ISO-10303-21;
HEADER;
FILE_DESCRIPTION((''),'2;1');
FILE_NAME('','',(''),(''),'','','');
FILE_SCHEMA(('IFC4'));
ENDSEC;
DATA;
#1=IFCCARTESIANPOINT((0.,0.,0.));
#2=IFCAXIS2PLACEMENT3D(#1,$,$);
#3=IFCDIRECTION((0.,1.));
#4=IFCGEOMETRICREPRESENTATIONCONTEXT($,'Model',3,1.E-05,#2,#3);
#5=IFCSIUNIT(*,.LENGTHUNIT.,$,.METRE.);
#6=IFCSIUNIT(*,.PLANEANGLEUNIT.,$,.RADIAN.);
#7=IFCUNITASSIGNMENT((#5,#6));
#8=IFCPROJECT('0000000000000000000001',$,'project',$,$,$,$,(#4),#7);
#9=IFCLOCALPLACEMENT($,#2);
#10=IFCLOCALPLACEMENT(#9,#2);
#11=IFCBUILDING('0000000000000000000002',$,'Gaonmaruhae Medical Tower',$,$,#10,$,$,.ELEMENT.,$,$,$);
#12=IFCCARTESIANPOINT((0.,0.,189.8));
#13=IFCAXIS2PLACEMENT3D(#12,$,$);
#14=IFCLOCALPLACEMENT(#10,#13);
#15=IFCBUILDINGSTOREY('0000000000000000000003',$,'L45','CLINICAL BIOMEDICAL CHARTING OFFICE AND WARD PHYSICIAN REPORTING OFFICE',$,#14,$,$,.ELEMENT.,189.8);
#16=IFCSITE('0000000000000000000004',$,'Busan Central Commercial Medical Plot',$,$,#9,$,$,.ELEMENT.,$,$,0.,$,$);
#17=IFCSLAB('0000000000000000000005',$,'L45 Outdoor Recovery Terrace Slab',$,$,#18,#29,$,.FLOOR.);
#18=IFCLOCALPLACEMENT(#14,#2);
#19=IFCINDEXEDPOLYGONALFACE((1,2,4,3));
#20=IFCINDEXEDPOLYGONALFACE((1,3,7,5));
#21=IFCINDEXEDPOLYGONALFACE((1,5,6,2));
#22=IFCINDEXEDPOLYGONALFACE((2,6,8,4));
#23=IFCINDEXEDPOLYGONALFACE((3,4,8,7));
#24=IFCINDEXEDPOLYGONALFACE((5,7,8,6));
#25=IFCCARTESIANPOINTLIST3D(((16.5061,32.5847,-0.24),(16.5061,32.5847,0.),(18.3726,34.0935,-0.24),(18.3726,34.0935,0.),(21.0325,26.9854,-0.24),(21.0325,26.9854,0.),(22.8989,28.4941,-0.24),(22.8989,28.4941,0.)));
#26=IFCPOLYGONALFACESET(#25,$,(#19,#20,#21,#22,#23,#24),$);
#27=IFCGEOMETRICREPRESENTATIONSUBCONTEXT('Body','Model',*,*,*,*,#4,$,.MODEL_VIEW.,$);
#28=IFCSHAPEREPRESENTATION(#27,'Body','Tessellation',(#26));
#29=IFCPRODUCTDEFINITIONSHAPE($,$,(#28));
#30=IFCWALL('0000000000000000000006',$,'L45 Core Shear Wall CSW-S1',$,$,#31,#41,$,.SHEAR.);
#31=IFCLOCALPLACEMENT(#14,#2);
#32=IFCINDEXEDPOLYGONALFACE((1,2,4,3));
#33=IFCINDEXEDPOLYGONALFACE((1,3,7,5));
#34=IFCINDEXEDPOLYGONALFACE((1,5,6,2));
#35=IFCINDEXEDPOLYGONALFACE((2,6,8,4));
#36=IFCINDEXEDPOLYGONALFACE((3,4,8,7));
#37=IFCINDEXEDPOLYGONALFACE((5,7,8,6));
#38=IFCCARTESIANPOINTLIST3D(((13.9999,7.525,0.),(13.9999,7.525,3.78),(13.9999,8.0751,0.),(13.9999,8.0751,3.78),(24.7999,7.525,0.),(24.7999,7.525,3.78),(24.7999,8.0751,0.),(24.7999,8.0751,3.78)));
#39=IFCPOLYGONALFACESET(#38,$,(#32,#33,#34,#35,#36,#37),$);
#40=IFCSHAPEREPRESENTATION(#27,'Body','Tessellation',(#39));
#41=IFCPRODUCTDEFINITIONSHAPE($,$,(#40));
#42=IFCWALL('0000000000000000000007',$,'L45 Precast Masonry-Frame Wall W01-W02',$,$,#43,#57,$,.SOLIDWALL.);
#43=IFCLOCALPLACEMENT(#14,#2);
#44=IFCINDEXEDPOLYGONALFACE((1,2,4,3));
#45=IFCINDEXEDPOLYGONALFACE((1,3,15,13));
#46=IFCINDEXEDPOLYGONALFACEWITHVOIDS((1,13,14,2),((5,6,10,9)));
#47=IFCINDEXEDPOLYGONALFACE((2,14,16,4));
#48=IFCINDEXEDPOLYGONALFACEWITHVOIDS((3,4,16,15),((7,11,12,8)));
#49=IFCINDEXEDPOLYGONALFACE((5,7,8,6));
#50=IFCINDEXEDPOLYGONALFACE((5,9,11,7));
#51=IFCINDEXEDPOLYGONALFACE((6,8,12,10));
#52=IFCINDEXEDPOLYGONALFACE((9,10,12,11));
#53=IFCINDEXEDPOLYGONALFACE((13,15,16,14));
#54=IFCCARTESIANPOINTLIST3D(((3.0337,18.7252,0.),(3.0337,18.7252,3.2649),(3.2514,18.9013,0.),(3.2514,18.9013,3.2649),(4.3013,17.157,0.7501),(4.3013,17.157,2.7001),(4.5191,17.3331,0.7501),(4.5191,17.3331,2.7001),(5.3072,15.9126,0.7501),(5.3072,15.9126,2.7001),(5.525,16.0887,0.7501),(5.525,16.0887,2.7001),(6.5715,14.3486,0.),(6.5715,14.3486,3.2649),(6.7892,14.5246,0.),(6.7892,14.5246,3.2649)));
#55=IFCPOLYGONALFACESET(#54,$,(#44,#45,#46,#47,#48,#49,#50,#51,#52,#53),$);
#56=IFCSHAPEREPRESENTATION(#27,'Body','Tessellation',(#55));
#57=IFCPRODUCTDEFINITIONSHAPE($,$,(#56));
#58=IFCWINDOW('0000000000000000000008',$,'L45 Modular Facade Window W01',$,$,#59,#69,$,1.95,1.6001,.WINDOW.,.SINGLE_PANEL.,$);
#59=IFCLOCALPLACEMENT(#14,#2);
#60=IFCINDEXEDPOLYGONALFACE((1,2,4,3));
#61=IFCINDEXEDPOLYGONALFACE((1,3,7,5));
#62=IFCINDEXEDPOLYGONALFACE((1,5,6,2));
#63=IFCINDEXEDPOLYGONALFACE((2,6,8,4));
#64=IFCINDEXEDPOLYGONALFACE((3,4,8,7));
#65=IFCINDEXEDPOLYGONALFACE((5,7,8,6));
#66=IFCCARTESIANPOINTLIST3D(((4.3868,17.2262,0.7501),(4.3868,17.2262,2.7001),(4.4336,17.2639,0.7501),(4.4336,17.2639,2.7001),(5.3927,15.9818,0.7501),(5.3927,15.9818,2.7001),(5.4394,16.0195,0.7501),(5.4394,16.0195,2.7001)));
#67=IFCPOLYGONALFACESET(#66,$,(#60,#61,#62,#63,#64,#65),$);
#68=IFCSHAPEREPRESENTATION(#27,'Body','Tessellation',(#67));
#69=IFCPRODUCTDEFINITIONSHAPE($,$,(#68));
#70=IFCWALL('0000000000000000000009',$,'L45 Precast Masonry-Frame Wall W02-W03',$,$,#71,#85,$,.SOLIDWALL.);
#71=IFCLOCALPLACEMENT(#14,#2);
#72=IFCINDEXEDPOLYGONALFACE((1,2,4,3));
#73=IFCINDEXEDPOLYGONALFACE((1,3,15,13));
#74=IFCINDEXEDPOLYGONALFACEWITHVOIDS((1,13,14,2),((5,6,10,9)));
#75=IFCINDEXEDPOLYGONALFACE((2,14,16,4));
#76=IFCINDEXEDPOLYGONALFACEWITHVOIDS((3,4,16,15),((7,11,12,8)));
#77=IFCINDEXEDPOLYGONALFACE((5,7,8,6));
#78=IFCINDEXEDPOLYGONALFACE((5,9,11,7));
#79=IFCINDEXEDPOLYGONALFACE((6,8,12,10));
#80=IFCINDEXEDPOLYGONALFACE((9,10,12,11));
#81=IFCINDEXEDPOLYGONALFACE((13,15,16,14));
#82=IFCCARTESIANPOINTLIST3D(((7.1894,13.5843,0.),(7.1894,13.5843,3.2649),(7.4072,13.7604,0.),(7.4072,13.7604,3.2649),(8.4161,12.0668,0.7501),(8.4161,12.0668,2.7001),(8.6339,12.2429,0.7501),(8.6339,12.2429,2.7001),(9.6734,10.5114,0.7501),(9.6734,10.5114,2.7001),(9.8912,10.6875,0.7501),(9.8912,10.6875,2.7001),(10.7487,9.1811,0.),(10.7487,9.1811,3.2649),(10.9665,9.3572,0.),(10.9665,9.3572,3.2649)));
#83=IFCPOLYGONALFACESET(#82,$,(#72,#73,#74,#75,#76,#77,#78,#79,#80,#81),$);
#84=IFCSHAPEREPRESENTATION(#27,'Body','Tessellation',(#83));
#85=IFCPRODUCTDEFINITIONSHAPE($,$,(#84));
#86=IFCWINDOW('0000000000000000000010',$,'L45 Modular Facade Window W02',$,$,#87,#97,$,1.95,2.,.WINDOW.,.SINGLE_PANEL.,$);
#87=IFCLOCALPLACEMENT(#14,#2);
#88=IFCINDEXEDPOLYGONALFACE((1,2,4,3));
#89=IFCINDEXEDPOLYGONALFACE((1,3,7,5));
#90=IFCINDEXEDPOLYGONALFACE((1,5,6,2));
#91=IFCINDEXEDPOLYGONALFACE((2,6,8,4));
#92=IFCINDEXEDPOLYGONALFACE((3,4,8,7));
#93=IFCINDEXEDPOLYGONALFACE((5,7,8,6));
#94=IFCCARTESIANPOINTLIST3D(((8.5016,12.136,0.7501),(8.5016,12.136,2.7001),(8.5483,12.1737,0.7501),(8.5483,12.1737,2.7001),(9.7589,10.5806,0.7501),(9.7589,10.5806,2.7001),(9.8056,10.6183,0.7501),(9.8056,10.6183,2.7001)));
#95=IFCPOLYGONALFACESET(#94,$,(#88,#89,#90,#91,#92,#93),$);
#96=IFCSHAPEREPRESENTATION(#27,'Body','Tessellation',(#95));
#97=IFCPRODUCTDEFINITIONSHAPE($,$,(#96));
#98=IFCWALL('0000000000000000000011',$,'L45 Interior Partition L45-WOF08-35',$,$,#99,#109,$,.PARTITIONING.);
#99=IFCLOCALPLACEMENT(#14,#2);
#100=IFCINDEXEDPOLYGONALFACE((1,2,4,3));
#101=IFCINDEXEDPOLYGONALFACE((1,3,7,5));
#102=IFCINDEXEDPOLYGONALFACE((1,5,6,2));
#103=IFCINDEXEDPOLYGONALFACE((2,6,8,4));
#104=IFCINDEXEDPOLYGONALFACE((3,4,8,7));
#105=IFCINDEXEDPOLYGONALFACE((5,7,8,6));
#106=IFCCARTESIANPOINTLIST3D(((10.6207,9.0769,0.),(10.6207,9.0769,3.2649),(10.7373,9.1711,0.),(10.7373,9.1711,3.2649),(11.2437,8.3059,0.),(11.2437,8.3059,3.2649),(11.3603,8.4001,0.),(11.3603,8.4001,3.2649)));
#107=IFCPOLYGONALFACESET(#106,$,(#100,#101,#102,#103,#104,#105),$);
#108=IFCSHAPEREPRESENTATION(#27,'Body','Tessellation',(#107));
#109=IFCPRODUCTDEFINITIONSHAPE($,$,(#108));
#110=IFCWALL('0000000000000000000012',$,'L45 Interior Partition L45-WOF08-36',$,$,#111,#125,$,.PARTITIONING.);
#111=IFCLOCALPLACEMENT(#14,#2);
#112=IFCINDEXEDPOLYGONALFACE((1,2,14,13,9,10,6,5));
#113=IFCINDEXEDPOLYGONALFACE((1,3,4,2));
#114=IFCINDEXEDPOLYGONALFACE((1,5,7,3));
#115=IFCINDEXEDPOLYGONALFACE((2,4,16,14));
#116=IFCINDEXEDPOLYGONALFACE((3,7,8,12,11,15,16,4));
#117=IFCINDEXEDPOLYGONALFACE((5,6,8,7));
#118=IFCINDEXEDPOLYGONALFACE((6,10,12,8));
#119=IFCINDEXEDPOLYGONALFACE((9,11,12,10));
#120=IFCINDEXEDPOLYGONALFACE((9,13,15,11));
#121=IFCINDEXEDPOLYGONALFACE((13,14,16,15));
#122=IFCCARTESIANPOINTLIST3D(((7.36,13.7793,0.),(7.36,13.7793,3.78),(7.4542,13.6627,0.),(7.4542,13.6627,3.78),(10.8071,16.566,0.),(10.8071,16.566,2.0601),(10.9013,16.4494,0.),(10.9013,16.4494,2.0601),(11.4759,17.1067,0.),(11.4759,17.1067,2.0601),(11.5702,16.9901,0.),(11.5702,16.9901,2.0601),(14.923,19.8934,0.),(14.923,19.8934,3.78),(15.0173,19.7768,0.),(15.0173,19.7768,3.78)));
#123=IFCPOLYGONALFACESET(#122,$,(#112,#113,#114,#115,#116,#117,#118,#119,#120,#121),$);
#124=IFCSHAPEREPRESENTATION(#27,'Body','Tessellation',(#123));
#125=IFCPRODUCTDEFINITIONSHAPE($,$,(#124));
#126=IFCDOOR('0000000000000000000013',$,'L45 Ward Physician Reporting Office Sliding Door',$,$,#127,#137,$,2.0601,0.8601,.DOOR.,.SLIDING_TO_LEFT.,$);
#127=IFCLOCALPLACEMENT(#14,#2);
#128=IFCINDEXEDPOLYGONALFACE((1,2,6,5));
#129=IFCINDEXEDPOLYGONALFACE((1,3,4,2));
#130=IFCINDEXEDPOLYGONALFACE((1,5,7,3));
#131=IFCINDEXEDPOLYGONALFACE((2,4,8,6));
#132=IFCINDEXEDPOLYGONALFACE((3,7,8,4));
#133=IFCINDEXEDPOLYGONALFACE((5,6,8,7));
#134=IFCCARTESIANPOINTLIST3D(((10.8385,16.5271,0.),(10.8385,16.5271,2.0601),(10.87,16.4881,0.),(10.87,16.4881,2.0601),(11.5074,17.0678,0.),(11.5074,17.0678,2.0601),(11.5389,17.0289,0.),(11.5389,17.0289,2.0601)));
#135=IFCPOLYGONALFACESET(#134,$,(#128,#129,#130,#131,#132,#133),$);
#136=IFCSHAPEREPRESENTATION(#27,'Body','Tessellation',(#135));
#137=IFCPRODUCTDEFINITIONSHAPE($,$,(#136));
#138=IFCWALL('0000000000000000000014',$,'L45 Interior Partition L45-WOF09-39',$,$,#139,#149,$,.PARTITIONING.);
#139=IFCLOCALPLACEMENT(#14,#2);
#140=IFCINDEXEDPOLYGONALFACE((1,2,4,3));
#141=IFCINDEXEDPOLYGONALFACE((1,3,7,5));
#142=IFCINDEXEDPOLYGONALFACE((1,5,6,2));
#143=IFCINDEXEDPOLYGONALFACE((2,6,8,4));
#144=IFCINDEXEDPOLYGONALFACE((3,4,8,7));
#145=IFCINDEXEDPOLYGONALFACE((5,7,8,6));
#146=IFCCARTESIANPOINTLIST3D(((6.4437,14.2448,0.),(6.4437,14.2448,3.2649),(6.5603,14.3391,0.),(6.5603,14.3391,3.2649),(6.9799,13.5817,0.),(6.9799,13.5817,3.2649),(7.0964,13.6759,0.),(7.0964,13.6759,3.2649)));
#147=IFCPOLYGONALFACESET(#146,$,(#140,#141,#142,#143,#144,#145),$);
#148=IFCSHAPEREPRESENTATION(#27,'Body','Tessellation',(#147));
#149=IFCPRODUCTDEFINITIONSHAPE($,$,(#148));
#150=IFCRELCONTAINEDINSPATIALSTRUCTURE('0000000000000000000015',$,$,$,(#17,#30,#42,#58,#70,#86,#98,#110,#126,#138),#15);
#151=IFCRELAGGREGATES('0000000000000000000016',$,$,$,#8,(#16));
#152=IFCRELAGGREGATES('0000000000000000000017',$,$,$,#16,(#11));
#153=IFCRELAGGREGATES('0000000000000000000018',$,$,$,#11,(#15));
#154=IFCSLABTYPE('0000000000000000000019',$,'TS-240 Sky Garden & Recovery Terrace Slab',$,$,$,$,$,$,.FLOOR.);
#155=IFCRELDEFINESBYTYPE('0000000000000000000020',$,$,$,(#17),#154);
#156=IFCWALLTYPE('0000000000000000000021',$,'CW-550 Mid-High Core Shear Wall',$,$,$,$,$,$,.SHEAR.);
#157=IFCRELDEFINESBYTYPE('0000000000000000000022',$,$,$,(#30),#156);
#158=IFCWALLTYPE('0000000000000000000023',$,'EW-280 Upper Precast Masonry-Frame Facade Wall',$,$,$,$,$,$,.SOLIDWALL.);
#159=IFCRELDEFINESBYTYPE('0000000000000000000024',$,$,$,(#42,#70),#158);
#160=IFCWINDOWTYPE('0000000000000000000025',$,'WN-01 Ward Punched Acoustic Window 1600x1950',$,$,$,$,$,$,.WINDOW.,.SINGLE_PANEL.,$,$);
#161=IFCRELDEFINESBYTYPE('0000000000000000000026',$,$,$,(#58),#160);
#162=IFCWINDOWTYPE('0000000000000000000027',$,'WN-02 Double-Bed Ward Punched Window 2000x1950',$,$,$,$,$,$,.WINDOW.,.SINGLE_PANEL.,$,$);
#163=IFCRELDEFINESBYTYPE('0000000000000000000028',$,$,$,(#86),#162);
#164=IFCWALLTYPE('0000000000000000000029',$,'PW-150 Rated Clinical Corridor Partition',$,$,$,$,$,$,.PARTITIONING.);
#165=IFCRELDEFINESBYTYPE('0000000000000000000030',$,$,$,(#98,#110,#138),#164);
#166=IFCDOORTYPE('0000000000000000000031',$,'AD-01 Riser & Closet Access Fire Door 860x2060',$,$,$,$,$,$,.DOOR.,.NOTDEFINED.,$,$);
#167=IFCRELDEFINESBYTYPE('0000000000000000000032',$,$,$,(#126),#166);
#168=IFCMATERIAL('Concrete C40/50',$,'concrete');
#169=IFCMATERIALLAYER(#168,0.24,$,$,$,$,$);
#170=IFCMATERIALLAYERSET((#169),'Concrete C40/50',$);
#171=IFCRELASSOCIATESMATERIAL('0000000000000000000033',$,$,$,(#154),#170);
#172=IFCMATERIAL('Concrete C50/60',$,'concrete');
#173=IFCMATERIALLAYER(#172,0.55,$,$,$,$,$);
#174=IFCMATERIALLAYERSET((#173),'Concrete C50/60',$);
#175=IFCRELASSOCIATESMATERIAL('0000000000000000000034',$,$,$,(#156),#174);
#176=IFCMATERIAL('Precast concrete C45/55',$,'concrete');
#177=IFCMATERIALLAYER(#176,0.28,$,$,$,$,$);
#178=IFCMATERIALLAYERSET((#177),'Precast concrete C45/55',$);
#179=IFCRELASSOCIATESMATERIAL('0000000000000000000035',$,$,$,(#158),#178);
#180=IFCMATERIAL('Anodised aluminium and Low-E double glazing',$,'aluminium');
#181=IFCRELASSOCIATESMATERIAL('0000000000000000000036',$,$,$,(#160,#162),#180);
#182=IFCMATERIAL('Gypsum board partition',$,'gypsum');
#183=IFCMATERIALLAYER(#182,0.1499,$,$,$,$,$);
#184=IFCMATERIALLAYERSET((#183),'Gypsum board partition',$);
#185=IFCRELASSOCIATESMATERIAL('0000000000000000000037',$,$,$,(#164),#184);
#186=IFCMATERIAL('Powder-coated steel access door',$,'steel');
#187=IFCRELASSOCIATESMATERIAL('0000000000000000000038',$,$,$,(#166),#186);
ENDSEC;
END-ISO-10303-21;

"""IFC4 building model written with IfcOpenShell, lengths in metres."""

from ifc_helpers import new_model, si_unit, direction, frame, frame_2d, origin, place, context, subcontext, project, spatial, polyline, rectangle, outline, extrude, material, layer, layer_set, type_object, element, fill, save


model = new_model("IFC4")

# Units and contexts
model_context = context("Model", 3, precision=1e-05, world=origin(), true_north=direction((0.0, 1.0)))
body_context = subcontext(model_context, "Body", "Model", "MODEL_VIEW")
ifc_project = project(units=[si_unit("LENGTHUNIT", "METRE"), si_unit("PLANEANGLEUNIT", "RADIAN")], contexts=[model_context])

# Site, building, storey
site_placement = place(None, origin())
site = spatial("IfcSite", under=ifc_project, at=site_placement, Name="Busan Central Commercial Medical Plot", CompositionType="ELEMENT", RefElevation=0.0)
building_placement = place(site_placement, origin())
building = spatial("IfcBuilding", under=site, at=building_placement, Name="Gaonmaruhae Medical Tower", CompositionType="ELEMENT")
storey_placement = place(building_placement, frame((0.0, 0.0, 189.8)))
storey = spatial("IfcBuildingStorey", under=building, at=storey_placement, Name="L45", Description="CLINICAL BIOMEDICAL CHARTING OFFICE AND WARD PHYSICIAN REPORTING OFFICE", CompositionType="ELEMENT", Elevation=189.8)

# Shared definitions
ifc_material_1 = material(Name="Concrete C50/60", Category="concrete")

# Shared definitions
ifc_material_2 = material(Name="Concrete C40/50", Category="concrete")

# Slab
ifc_layer_1 = layer(ifc_material_2, 0.24)
ifc_layer_set_1 = layer_set([ifc_layer_1], Name="Concrete C40/50")
slab_type_1 = type_object("IfcSlabType", Name="TS-240 Sky Garden & Recovery Terrace Slab", PredefinedType="FLOOR", material=ifc_layer_set_1)
slab_1_placement = place(storey_placement, frame((0.0, 0.0, -0.24)))
element("IfcSlab", 1, at=slab_1_placement, inside=storey, type_object=slab_type_1, Name="L45 Outdoor Recovery Terrace Slab", PredefinedType="FLOOR", context=body_context, shape_type="SweptSolid", body=[
    extrude(outline(polyline([(21.0325, 26.9854), (22.8989, 28.4941), (18.3726, 34.0935), (16.5061, 32.5847), (21.0325, 26.9854)])), origin(), (0.0, 0.0, 1.0), 0.24),
])

# Wall
ifc_layer_2 = layer(ifc_material_1, 0.55)
ifc_layer_set_2 = layer_set([ifc_layer_2], Name="Concrete C50/60")
wall_type_1 = type_object("IfcWallType", Name="CW-550 Mid-High Core Shear Wall", PredefinedType="SHEAR", material=ifc_layer_set_2)
wall_1_placement = place(storey_placement, frame((14.0, 7.8, 0.0), z_axis=(0.0, 0.0, 1.0), x_axis=(1.0, 0.0, 0.0)))
element("IfcWall", 2, at=wall_1_placement, inside=storey, type_object=wall_type_1, Name="L45 Core Shear Wall CSW-S1", PredefinedType="SHEAR", context=body_context, shape_type="SweptSolid", body=[
    extrude(rectangle(XDim=10.8, YDim=0.55, at=frame_2d((5.3999, 0.0))), origin(), (0.0, 0.0, 1.0), 3.78),
])

# Walls, openings, windows
ifc_material_3 = material(Name="Precast concrete C45/55", Category="concrete")
ifc_layer_3 = layer(ifc_material_3, 0.28)
ifc_layer_set_3 = layer_set([ifc_layer_3], Name="Precast concrete C45/55")
wall_type_2 = type_object("IfcWallType", Name="EW-280 Upper Precast Masonry-Frame Facade Wall", PredefinedType="SOLIDWALL", material=ifc_layer_set_3)
wall_2_placement = place(storey_placement, frame((6.6804, 14.4365, 0.0), z_axis=(0.0, 0.0, 1.0), x_axis=(-0.628639, 0.777697, 0.0)))
wall_2 = element("IfcWall", 3, at=wall_2_placement, inside=storey, type_object=wall_type_2, Name="L45 Precast Masonry-Frame Wall W01-W02", PredefinedType="SOLIDWALL", context=body_context, shape_type="SweptSolid", body=[
    extrude(rectangle(XDim=5.6277, YDim=0.28, at=frame_2d((2.814, 0.0))), origin(), (0.0, 0.0, 1.0), 3.2649),
])
opening_1_placement = place(wall_2_placement, frame((2.0112, 0.0, 0.75)))
opening_1 = element("IfcOpeningElement", 4, at=opening_1_placement, cuts=wall_2, PredefinedType="OPENING", context=body_context, shape_type="SweptSolid", body=[
    extrude(rectangle(XDim=1.6001, YDim=1.95, at=frame_2d((0.8, 0.9751))), frame((0.0, 0.1499, 0.0), z_axis=(0.0, -1.0, 0.0), x_axis=(1.0, 0.0, 0.0)), (0.0, 0.0, 1.0), 0.3),
])
ifc_material_4 = material(Name="Anodised aluminium and Low-E double glazing", Category="aluminium")
window_type_1 = type_object("IfcWindowType", Name="WN-01 Ward Punched Acoustic Window 1600x1950", PartitioningType="SINGLE_PANEL", PredefinedType="WINDOW", material=ifc_material_4)
window_1_placement = place(opening_1_placement, origin())
window_1 = element("IfcWindow", 5, at=window_1_placement, inside=storey, type_object=window_type_1, Name="L45 Modular Facade Window W01", OverallHeight=1.95, OverallWidth=1.6001, PartitioningType="SINGLE_PANEL", PredefinedType="WINDOW", context=body_context, shape_type="SweptSolid", body=[
    extrude(rectangle(XDim=1.6001, YDim=1.95, at=frame_2d((0.8, 0.9751))), frame((0.0, 0.03, 0.0), z_axis=(0.0, -1.0, 0.0), x_axis=(1.0, 0.0, 0.0)), (0.0, 0.0, 1.0), 0.0601),
])
fill(opening_1, window_1)
wall_3_placement = place(storey_placement, frame((10.8577, 9.269, 0.0), z_axis=(0.0, 0.0, 1.0), x_axis=(-0.628636, 0.7777, 0.0)))
wall_3 = element("IfcWall", 6, at=wall_3_placement, inside=storey, type_object=wall_type_2, Name="L45 Precast Masonry-Frame Wall W02-W03", PredefinedType="SOLIDWALL", context=body_context, shape_type="SweptSolid", body=[
    extrude(rectangle(XDim=5.6619, YDim=0.28, at=frame_2d((2.8311, 0.0))), origin(), (0.0, 0.0, 1.0), 3.2649),
])
opening_2_placement = place(wall_3_placement, frame((1.7107, 0.0, 0.75)))
opening_2 = element("IfcOpeningElement", 7, at=opening_2_placement, cuts=wall_3, PredefinedType="OPENING", context=body_context, shape_type="SweptSolid", body=[
    extrude(rectangle(XDim=2.0, YDim=1.95, at=frame_2d((1.0, 0.9751))), frame((0.0, 0.1499, 0.0), z_axis=(0.0, -1.0, 0.0), x_axis=(1.0, 0.0, 0.0)), (0.0, 0.0, 1.0), 0.3),
])
window_type_2 = type_object("IfcWindowType", Name="WN-02 Double-Bed Ward Punched Window 2000x1950", PartitioningType="SINGLE_PANEL", PredefinedType="WINDOW", material=ifc_material_4)
window_2_placement = place(opening_2_placement, origin())
window_2 = element("IfcWindow", 8, at=window_2_placement, inside=storey, type_object=window_type_2, Name="L45 Modular Facade Window W02", OverallHeight=1.95, OverallWidth=2.0, PartitioningType="SINGLE_PANEL", PredefinedType="WINDOW", context=body_context, shape_type="SweptSolid", body=[
    extrude(rectangle(XDim=2.0, YDim=1.95, at=frame_2d((1.0, 0.9751))), frame((0.0, 0.03, 0.0), z_axis=(0.0, -1.0, 0.0), x_axis=(1.0, 0.0, 0.0)), (0.0, 0.0, 1.0), 0.0601),
])
fill(opening_2, window_2)

# Wall
ifc_material_5 = material(Name="Gypsum board partition", Category="gypsum")
ifc_layer_4 = layer(ifc_material_5, 0.1499)
ifc_layer_set_4 = layer_set([ifc_layer_4], Name="Gypsum board partition")
wall_type_3 = type_object("IfcWallType", Name="PW-150 Rated Clinical Corridor Partition", PredefinedType="PARTITIONING", material=ifc_layer_set_4)
wall_4_placement = place(storey_placement, frame((11.302, 8.353, 0.0), z_axis=(0.0, 0.0, 1.0), x_axis=(-0.628532, 0.777784, 0.0)))
element("IfcWall", 9, at=wall_4_placement, inside=storey, type_object=wall_type_3, Name="L45 Interior Partition L45-WOF08-35", PredefinedType="PARTITIONING", context=body_context, shape_type="SweptSolid", body=[
    extrude(rectangle(XDim=0.9912, YDim=0.1499, at=frame_2d((0.4956, 0.0))), origin(), (0.0, 0.0, 1.0), 3.2649),
])

# Wall, opening, door
wall_5_placement = place(storey_placement, frame((7.407, 13.7209, 0.0), z_axis=(0.0, 0.0, 1.0), x_axis=(0.777667, 0.628676, 0.0)))
wall_5 = element("IfcWall", 10, at=wall_5_placement, inside=storey, type_object=wall_type_3, Name="L45 Interior Partition L45-WOF08-36", PredefinedType="PARTITIONING", context=body_context, shape_type="SweptSolid", body=[
    extrude(rectangle(XDim=9.7253, YDim=0.1499, at=frame_2d((4.8628, 0.0))), origin(), (0.0, 0.0, 1.0), 3.78),
])
opening_3_placement = place(wall_5_placement, frame((4.4326, 0.0, 0.0)))
opening_3 = element("IfcOpeningElement", 11, at=opening_3_placement, cuts=wall_5, PredefinedType="OPENING", context=body_context, shape_type="SweptSolid", body=[
    extrude(rectangle(XDim=0.8601, YDim=2.0601, at=frame_2d((0.4302, 1.03))), frame((0.0, 0.085, 0.0), z_axis=(0.0, -1.0, 0.0), x_axis=(1.0, 0.0, 0.0)), (0.0, 0.0, 1.0), 0.1699),
])
ifc_material_6 = material(Name="Powder-coated steel access door", Category="steel")
door_type = type_object("IfcDoorType", Name="AD-01 Riser & Closet Access Fire Door 860x2060", OperationType="NOTDEFINED", PredefinedType="DOOR", material=ifc_material_6)
door_placement = place(opening_3_placement, origin())
door = element("IfcDoor", 12, at=door_placement, inside=storey, type_object=door_type, Name="L45 Ward Physician Reporting Office Sliding Door", OperationType="SLIDING_TO_LEFT", OverallHeight=2.0601, OverallWidth=0.8601, PredefinedType="DOOR", context=body_context, shape_type="SweptSolid", body=[
    extrude(rectangle(XDim=0.8601, YDim=2.0601, at=frame_2d((0.4302, 1.03))), frame((0.0, 0.0249, 0.0), z_axis=(0.0, -1.0, 0.0), x_axis=(1.0, 0.0, 0.0)), (0.0, 0.0, 1.0), 0.05),
])
fill(opening_3, door)

# Wall
wall_6_placement = place(storey_placement, frame((7.0381, 13.6289, 0.0), z_axis=(0.0, 0.0, 1.0), x_axis=(-0.628737, 0.777618, 0.0)))
element("IfcWall", 13, at=wall_6_placement, inside=storey, type_object=wall_type_3, Name="L45 Interior Partition L45-WOF09-39", PredefinedType="PARTITIONING", context=body_context, shape_type="SweptSolid", body=[
    extrude(rectangle(XDim=0.8528, YDim=0.1499, at=frame_2d((0.4263, 0.0))), origin(), (0.0, 0.0, 1.0), 3.2649),
])

save(model, "model.ifc")
